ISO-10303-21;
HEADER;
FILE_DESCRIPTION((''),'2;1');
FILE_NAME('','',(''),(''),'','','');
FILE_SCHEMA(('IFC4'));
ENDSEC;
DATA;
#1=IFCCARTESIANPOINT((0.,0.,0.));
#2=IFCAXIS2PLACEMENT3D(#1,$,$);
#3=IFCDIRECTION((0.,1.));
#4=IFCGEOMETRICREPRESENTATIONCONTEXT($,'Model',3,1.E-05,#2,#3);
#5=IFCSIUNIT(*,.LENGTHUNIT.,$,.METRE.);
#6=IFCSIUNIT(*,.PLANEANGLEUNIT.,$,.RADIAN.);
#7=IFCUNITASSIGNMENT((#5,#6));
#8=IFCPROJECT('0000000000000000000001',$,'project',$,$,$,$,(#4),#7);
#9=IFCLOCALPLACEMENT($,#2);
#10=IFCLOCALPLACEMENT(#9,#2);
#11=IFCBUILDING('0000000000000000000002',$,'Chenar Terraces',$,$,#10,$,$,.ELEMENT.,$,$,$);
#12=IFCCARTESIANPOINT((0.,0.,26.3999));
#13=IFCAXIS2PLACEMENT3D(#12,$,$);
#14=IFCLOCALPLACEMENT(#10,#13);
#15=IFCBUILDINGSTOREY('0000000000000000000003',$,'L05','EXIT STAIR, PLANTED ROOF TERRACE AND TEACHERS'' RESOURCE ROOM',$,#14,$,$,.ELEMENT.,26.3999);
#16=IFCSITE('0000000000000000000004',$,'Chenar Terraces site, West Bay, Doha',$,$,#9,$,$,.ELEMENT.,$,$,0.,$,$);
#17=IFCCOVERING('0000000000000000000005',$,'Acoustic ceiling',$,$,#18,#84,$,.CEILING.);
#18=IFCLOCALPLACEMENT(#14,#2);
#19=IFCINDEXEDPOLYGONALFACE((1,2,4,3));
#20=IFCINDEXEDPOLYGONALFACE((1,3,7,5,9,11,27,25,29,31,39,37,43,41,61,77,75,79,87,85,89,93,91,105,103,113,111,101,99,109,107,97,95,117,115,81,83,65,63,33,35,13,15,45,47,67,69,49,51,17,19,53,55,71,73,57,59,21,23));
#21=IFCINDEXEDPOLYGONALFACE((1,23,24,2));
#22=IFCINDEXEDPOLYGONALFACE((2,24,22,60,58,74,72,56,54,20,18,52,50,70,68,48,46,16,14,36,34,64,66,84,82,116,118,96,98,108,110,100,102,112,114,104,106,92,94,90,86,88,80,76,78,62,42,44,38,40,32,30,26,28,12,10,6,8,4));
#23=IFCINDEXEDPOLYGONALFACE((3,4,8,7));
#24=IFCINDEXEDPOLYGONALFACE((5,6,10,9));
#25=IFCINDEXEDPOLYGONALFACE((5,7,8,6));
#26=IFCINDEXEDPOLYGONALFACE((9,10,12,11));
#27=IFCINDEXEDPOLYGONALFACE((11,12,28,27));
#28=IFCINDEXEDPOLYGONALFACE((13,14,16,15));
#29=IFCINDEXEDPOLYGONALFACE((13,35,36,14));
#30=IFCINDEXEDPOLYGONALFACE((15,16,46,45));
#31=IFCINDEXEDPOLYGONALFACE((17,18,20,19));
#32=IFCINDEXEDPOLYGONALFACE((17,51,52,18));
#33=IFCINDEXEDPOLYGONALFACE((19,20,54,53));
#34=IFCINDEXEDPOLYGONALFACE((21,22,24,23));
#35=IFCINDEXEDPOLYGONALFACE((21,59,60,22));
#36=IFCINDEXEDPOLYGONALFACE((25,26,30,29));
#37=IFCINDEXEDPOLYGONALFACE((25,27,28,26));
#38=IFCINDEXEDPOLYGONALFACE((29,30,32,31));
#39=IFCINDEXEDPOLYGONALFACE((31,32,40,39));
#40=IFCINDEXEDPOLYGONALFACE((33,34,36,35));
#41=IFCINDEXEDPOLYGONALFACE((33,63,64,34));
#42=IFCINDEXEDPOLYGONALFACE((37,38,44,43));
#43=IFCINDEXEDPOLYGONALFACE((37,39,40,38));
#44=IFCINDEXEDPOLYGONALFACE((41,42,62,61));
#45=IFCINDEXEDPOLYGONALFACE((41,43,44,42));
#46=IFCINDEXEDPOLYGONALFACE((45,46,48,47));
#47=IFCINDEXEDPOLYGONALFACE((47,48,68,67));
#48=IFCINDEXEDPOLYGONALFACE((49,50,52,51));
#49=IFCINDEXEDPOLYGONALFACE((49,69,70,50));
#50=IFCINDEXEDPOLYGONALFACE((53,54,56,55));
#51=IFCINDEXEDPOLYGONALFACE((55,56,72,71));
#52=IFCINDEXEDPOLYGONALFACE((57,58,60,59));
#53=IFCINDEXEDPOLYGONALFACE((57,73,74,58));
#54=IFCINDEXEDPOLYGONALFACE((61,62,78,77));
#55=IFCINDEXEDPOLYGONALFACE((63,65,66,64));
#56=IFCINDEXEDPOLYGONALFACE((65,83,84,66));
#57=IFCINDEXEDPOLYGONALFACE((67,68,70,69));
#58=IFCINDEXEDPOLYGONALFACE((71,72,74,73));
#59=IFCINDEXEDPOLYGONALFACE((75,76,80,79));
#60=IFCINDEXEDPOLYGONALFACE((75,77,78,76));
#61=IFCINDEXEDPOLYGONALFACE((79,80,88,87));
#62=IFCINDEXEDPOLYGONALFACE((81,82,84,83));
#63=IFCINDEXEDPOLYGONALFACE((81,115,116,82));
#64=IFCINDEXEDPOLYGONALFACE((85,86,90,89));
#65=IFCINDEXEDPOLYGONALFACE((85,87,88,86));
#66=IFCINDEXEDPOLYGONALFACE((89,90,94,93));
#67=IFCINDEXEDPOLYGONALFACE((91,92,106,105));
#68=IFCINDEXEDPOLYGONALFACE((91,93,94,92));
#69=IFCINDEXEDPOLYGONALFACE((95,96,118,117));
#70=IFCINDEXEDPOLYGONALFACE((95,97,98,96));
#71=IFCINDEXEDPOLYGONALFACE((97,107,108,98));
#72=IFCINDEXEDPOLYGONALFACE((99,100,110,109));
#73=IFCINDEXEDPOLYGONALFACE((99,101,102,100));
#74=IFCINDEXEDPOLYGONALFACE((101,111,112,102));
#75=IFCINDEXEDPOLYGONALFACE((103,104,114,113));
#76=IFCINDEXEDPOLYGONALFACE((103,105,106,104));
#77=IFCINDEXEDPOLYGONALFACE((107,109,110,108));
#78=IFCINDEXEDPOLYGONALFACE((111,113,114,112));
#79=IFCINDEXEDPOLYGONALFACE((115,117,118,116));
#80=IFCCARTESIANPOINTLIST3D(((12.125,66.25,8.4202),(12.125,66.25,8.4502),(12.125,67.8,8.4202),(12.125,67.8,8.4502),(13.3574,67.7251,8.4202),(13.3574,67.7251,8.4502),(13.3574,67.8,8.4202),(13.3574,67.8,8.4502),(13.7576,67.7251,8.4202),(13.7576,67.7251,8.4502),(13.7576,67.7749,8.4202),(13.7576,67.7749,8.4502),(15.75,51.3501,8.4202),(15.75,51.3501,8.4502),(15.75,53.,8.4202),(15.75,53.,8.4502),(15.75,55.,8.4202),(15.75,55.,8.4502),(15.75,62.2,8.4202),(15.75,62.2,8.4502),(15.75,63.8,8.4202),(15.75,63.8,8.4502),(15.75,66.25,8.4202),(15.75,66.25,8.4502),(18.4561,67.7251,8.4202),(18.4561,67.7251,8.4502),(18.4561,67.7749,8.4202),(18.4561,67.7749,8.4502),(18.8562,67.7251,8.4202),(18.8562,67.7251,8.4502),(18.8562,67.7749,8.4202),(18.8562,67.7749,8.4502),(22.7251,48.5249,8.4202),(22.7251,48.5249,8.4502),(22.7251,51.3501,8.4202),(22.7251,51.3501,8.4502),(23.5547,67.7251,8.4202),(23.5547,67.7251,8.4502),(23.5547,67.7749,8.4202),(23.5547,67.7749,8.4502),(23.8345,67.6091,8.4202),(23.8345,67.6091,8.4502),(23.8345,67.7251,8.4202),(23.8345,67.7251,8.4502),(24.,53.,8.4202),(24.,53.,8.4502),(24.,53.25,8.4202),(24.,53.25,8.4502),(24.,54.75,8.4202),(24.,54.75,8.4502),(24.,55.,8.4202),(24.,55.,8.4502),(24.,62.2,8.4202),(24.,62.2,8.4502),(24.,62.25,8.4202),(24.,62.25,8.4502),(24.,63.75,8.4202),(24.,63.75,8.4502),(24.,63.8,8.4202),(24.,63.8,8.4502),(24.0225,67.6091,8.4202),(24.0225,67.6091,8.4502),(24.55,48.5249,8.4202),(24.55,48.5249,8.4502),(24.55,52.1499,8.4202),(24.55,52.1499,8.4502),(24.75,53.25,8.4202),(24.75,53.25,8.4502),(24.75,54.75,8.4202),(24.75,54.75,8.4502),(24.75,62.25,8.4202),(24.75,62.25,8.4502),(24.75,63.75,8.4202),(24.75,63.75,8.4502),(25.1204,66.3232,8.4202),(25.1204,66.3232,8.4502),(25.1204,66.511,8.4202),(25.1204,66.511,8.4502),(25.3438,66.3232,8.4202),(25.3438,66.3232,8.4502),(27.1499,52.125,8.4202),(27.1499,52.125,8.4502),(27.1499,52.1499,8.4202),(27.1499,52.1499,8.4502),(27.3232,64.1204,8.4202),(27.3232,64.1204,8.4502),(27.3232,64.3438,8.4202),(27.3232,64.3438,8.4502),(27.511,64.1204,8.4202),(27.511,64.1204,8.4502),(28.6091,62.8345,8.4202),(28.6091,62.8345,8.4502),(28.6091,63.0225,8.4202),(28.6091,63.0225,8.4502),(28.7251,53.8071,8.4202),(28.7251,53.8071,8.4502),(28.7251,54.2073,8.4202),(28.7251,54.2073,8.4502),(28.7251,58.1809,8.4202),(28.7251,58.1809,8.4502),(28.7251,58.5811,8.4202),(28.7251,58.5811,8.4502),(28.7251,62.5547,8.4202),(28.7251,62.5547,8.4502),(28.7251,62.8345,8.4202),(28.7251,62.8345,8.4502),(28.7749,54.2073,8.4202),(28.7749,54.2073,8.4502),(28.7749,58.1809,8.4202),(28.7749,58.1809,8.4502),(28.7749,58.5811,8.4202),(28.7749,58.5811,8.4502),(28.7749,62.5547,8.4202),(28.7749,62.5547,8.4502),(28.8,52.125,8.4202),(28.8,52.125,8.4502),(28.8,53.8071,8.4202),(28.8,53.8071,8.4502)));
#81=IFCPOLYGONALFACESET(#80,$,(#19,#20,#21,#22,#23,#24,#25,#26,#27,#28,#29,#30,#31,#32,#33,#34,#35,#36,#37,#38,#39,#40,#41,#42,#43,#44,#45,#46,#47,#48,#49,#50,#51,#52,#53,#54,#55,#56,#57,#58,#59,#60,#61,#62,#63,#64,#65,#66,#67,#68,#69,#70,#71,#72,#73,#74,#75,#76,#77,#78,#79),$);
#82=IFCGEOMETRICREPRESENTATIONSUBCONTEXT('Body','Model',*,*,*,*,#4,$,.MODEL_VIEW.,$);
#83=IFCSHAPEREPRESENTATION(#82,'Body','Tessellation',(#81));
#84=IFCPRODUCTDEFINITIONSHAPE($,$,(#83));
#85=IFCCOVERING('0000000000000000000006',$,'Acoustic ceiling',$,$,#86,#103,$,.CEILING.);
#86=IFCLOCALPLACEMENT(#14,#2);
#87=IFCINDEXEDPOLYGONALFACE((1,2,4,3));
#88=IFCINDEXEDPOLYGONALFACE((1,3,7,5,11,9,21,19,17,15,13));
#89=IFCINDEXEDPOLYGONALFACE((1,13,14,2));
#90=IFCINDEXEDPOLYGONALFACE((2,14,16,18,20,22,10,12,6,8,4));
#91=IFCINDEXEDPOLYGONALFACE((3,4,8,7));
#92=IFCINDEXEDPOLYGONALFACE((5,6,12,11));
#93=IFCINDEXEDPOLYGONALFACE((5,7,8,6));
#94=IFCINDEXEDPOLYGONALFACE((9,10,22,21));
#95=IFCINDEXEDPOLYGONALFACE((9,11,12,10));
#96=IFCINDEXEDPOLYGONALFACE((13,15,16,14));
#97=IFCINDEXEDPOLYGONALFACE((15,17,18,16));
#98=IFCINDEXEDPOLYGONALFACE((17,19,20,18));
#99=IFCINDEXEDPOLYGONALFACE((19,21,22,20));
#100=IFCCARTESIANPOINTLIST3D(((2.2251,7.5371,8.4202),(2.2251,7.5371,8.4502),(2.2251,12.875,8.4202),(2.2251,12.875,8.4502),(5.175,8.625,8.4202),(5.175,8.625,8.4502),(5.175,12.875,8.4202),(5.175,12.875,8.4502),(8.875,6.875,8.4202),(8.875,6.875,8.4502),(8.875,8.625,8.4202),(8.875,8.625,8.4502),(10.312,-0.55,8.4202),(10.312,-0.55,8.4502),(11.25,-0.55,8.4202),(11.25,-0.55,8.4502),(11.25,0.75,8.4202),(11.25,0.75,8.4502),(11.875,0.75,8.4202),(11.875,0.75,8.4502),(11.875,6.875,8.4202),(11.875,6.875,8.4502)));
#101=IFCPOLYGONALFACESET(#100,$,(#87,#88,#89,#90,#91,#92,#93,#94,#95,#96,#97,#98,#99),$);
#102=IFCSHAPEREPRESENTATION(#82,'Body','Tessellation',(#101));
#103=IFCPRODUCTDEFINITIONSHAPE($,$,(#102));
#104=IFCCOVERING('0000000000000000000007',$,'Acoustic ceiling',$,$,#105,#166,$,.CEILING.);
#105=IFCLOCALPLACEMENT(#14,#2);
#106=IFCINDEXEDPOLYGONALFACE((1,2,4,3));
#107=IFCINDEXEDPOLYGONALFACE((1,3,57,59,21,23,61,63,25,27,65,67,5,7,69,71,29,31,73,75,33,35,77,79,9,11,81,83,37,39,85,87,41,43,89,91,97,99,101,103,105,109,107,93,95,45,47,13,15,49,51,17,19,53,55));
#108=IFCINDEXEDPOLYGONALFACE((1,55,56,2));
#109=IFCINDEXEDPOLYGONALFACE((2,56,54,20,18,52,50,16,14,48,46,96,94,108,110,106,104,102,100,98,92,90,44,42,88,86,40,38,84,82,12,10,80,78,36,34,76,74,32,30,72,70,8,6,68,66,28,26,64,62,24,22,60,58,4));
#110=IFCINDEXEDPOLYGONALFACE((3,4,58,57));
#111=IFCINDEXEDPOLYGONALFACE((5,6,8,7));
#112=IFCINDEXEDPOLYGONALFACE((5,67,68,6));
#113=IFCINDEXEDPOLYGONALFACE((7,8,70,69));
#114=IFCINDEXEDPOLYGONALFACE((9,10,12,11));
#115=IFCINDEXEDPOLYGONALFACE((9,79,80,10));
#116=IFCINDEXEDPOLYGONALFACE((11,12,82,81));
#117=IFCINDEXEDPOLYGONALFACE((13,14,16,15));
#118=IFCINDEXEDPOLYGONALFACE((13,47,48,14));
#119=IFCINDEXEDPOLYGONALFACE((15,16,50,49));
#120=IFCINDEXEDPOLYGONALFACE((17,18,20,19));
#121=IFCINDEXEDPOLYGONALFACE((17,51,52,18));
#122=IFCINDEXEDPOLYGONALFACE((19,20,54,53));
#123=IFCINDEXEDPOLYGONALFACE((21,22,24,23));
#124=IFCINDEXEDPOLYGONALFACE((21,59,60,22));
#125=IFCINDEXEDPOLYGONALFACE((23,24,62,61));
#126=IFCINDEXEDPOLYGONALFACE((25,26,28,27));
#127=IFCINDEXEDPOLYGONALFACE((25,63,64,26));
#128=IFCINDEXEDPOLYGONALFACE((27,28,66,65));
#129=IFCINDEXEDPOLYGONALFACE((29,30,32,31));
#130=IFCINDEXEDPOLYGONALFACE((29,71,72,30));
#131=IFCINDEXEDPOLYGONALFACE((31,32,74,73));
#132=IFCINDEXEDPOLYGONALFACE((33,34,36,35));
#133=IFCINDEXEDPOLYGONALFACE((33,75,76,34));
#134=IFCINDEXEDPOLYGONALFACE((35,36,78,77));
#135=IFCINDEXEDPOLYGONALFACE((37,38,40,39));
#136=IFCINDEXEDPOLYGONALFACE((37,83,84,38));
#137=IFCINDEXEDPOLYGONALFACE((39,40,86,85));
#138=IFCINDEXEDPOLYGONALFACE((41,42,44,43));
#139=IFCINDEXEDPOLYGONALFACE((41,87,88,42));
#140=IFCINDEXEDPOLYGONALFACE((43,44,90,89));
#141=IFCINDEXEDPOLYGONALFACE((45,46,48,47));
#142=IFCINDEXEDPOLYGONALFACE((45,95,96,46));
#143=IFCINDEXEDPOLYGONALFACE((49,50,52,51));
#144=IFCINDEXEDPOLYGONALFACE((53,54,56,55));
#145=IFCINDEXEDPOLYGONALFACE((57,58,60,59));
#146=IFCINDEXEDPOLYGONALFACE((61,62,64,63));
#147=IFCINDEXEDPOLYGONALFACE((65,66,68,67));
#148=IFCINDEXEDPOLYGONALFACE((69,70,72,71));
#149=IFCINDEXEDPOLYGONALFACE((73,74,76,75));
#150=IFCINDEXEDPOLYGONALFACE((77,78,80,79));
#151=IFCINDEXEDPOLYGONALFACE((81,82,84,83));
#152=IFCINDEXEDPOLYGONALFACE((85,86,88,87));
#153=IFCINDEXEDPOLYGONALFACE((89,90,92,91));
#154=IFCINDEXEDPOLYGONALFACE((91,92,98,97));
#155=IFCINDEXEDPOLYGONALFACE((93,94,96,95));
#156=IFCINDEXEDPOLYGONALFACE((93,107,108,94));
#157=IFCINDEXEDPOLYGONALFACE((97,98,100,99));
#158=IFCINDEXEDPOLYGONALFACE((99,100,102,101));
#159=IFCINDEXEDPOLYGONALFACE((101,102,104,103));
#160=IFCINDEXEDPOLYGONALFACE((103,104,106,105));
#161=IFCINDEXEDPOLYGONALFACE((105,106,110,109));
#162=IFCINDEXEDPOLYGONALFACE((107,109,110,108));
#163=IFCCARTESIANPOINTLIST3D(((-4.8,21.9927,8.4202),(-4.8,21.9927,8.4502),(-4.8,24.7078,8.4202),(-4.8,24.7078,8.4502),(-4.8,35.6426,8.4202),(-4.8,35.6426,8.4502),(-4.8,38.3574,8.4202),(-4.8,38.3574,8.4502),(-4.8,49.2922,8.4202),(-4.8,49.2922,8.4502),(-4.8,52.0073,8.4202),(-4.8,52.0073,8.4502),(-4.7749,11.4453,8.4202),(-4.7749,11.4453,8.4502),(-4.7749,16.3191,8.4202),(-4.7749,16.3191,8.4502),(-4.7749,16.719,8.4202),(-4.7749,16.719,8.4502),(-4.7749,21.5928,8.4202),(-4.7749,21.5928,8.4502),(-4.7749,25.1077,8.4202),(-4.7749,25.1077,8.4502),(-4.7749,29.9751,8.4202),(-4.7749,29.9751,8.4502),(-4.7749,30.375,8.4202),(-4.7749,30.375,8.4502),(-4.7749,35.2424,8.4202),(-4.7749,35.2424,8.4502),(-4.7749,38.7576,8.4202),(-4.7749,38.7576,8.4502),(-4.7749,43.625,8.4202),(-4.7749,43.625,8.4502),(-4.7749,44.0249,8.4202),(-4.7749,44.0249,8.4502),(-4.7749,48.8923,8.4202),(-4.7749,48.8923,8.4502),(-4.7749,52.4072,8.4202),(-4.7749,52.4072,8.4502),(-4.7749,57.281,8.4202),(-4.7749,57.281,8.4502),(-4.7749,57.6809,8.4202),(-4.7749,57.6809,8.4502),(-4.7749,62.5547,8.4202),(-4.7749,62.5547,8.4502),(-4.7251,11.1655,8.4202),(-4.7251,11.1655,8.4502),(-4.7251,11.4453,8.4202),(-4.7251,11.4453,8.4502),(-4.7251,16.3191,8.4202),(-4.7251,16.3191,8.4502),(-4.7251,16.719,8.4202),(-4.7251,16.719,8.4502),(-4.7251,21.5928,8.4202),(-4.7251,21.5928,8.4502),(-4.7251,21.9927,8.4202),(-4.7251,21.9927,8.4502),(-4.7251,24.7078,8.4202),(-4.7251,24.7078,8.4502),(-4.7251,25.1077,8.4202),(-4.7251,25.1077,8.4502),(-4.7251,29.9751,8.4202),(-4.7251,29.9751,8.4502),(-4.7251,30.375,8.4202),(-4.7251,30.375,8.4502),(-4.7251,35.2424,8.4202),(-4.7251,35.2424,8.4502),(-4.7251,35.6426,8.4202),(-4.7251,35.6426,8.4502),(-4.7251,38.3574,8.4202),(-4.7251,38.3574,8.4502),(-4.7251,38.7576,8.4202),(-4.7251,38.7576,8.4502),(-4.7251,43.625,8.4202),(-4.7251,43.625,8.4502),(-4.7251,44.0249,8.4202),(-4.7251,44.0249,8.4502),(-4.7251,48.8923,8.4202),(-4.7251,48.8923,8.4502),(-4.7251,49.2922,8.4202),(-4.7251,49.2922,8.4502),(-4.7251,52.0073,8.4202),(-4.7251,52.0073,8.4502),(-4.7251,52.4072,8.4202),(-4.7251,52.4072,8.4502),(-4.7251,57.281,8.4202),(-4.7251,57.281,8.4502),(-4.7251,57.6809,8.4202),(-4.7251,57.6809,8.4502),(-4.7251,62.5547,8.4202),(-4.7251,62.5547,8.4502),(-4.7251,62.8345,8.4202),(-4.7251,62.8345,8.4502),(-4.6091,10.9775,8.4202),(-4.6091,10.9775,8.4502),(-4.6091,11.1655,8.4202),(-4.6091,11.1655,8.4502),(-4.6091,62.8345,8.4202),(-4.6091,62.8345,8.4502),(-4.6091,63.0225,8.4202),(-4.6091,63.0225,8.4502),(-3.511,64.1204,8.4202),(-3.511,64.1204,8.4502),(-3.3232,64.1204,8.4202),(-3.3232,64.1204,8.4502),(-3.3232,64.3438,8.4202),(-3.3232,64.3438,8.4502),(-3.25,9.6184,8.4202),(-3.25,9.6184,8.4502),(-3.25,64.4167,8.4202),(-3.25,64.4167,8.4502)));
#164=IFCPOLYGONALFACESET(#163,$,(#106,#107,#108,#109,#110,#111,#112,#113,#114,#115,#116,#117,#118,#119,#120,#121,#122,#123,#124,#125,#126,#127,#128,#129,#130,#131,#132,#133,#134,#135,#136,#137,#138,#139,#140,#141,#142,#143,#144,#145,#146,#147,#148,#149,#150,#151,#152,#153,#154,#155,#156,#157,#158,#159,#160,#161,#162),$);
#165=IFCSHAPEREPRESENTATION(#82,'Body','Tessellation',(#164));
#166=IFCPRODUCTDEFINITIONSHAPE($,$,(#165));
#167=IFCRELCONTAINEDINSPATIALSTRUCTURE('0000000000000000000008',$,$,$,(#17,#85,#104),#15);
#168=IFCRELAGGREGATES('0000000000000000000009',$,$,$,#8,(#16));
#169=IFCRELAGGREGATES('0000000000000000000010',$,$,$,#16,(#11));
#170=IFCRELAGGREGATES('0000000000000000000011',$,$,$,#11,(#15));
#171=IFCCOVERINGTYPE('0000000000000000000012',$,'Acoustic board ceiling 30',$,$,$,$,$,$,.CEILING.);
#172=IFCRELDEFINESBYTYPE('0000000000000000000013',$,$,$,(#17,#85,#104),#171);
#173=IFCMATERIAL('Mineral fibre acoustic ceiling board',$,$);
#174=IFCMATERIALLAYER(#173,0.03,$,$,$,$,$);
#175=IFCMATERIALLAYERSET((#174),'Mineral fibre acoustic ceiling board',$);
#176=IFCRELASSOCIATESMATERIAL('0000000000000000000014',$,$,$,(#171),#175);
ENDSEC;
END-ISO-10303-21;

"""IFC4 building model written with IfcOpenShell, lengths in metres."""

from ifc_helpers import new_model, si_unit, direction, frame, origin, place, context, subcontext, project, spatial, polyline, outline, extrude, material, layer, layer_set, type_object, element, save


model = new_model("IFC4")

# Units and contexts
model_context = context("Model", 3, precision=1e-05, world=origin(), true_north=direction((0.0, 1.0)))
body_context = subcontext(model_context, "Body", "Model", "MODEL_VIEW")
ifc_project = project(units=[si_unit("LENGTHUNIT", "METRE"), si_unit("PLANEANGLEUNIT", "RADIAN")], contexts=[model_context])

# Site, building, storey
site_placement = place(None, origin())
site = spatial("IfcSite", under=ifc_project, at=site_placement, Name="Chenar Terraces site, West Bay, Doha", CompositionType="ELEMENT", RefElevation=0.0)
building_placement = place(site_placement, origin())
building = spatial("IfcBuilding", under=site, at=building_placement, Name="Chenar Terraces", CompositionType="ELEMENT")
storey_placement = place(building_placement, frame((0.0, 0.0, 26.3999)))
storey = spatial("IfcBuildingStorey", under=building, at=storey_placement, Name="L05", Description="EXIT STAIR, PLANTED ROOF TERRACE AND TEACHERS' RESOURCE ROOM", CompositionType="ELEMENT", Elevation=26.3999)

# Coverings
ifc_material_1 = material(Name="Mineral fibre acoustic ceiling board")
ifc_layer_1 = layer(ifc_material_1, 0.03)
ifc_layer_set_1 = layer_set([ifc_layer_1], Name="Mineral fibre acoustic ceiling board")
covering_type = type_object("IfcCoveringType", Name="Acoustic board ceiling 30", PredefinedType="CEILING", material=ifc_layer_set_1)
placement_1 = place(storey_placement, frame((0.0, 0.0, 8.4202)))
element("IfcCovering", 1, at=placement_1, inside=storey, type_object=covering_type, Name="Acoustic ceiling", PredefinedType="CEILING", context=body_context, shape_type="SweptSolid", body=[
    extrude(outline(polyline([(12.125, 67.8), (13.3574, 67.8), (13.3574, 67.7251), (13.7576, 67.7251), (13.7576, 67.7749), (18.4561, 67.7749), (18.4561, 67.7251), (18.8562, 67.7251), (18.8562, 67.7749), (23.5547, 67.7749), (23.5547, 67.7251), (23.8345, 67.7251), (23.8345, 67.6091), (24.0225, 67.6091), (25.1204, 66.511), (25.1204, 66.3232), (25.3438, 66.3232), (27.3232, 64.3438), (27.3232, 64.1204), (27.511, 64.1204), (28.6091, 63.0225), (28.6091, 62.8345), (28.7251, 62.8345), (28.7251, 62.5547), (28.7749, 62.5547), (28.7749, 58.5811), (28.7251, 58.5811), (28.7251, 58.1809), (28.7749, 58.1809), (28.7749, 54.2073), (28.7251, 54.2073), (28.7251, 53.8071), (28.8, 53.8071), (28.8, 52.125), (27.1499, 52.125), (27.1499, 52.1499), (24.55, 52.1499), (24.55, 48.5249), (22.7251, 48.5249), (22.7251, 51.3501), (15.75, 51.3501), (15.75, 53.0), (24.0, 53.0), (24.0, 53.25), (24.75, 53.25), (24.75, 54.75), (24.0, 54.75), (24.0, 55.0), (15.75, 55.0), (15.75, 62.2), (24.0, 62.2), (24.0, 62.25), (24.75, 62.25), (24.75, 63.75), (24.0, 63.75), (24.0, 63.8), (15.75, 63.8), (15.75, 66.25), (12.125, 66.25), (12.125, 67.8)])), origin(), (0.0, 0.0, 1.0), 0.03),
])
element("IfcCovering", 2, at=placement_1, inside=storey, type_object=covering_type, Name="Acoustic ceiling", PredefinedType="CEILING", context=body_context, shape_type="SweptSolid", body=[
    extrude(outline(polyline([(8.875, 8.625), (8.875, 6.875), (11.875, 6.875), (11.875, 0.75), (11.25, 0.75), (11.25, -0.55), (10.312, -0.55), (2.2251, 7.5371), (2.2251, 12.875), (5.175, 12.875), (5.175, 8.625), (8.875, 8.625)])), origin(), (0.0, 0.0, 1.0), 0.03),
])
element("IfcCovering", 3, at=placement_1, inside=storey, type_object=covering_type, Name="Acoustic ceiling", PredefinedType="CEILING", context=body_context, shape_type="SweptSolid", body=[
    extrude(outline(polyline([(-4.8, 24.7078), (-4.7251, 24.7078), (-4.7251, 25.1077), (-4.7749, 25.1077), (-4.7749, 29.9751), (-4.7251, 29.9751), (-4.7251, 30.375), (-4.7749, 30.375), (-4.7749, 35.2424), (-4.7251, 35.2424), (-4.7251, 35.6426), (-4.8, 35.6426), (-4.8, 38.3574), (-4.7251, 38.3574), (-4.7251, 38.7576), (-4.7749, 38.7576), (-4.7749, 43.625), (-4.7251, 43.625), (-4.7251, 44.0249), (-4.7749, 44.0249), (-4.7749, 48.8923), (-4.7251, 48.8923), (-4.7251, 49.2922), (-4.8, 49.2922), (-4.8, 52.0073), (-4.7251, 52.0073), (-4.7251, 52.4072), (-4.7749, 52.4072), (-4.7749, 57.281), (-4.7251, 57.281), (-4.7251, 57.6809), (-4.7749, 57.6809), (-4.7749, 62.5547), (-4.7251, 62.5547), (-4.7251, 62.8345), (-4.6091, 62.8345), (-4.6091, 63.0225), (-3.511, 64.1204), (-3.3232, 64.1204), (-3.3232, 64.3438), (-3.25, 64.4167), (-3.25, 9.6184), (-4.6091, 10.9775), (-4.6091, 11.1655), (-4.7251, 11.1655), (-4.7251, 11.4453), (-4.7749, 11.4453), (-4.7749, 16.3191), (-4.7251, 16.3191), (-4.7251, 16.719), (-4.7749, 16.719), (-4.7749, 21.5928), (-4.7251, 21.5928), (-4.7251, 21.9927), (-4.8, 21.9927), (-4.8, 24.7078)])), origin(), (0.0, 0.0, 1.0), 0.03),
])

save(model, "model.ifc")
